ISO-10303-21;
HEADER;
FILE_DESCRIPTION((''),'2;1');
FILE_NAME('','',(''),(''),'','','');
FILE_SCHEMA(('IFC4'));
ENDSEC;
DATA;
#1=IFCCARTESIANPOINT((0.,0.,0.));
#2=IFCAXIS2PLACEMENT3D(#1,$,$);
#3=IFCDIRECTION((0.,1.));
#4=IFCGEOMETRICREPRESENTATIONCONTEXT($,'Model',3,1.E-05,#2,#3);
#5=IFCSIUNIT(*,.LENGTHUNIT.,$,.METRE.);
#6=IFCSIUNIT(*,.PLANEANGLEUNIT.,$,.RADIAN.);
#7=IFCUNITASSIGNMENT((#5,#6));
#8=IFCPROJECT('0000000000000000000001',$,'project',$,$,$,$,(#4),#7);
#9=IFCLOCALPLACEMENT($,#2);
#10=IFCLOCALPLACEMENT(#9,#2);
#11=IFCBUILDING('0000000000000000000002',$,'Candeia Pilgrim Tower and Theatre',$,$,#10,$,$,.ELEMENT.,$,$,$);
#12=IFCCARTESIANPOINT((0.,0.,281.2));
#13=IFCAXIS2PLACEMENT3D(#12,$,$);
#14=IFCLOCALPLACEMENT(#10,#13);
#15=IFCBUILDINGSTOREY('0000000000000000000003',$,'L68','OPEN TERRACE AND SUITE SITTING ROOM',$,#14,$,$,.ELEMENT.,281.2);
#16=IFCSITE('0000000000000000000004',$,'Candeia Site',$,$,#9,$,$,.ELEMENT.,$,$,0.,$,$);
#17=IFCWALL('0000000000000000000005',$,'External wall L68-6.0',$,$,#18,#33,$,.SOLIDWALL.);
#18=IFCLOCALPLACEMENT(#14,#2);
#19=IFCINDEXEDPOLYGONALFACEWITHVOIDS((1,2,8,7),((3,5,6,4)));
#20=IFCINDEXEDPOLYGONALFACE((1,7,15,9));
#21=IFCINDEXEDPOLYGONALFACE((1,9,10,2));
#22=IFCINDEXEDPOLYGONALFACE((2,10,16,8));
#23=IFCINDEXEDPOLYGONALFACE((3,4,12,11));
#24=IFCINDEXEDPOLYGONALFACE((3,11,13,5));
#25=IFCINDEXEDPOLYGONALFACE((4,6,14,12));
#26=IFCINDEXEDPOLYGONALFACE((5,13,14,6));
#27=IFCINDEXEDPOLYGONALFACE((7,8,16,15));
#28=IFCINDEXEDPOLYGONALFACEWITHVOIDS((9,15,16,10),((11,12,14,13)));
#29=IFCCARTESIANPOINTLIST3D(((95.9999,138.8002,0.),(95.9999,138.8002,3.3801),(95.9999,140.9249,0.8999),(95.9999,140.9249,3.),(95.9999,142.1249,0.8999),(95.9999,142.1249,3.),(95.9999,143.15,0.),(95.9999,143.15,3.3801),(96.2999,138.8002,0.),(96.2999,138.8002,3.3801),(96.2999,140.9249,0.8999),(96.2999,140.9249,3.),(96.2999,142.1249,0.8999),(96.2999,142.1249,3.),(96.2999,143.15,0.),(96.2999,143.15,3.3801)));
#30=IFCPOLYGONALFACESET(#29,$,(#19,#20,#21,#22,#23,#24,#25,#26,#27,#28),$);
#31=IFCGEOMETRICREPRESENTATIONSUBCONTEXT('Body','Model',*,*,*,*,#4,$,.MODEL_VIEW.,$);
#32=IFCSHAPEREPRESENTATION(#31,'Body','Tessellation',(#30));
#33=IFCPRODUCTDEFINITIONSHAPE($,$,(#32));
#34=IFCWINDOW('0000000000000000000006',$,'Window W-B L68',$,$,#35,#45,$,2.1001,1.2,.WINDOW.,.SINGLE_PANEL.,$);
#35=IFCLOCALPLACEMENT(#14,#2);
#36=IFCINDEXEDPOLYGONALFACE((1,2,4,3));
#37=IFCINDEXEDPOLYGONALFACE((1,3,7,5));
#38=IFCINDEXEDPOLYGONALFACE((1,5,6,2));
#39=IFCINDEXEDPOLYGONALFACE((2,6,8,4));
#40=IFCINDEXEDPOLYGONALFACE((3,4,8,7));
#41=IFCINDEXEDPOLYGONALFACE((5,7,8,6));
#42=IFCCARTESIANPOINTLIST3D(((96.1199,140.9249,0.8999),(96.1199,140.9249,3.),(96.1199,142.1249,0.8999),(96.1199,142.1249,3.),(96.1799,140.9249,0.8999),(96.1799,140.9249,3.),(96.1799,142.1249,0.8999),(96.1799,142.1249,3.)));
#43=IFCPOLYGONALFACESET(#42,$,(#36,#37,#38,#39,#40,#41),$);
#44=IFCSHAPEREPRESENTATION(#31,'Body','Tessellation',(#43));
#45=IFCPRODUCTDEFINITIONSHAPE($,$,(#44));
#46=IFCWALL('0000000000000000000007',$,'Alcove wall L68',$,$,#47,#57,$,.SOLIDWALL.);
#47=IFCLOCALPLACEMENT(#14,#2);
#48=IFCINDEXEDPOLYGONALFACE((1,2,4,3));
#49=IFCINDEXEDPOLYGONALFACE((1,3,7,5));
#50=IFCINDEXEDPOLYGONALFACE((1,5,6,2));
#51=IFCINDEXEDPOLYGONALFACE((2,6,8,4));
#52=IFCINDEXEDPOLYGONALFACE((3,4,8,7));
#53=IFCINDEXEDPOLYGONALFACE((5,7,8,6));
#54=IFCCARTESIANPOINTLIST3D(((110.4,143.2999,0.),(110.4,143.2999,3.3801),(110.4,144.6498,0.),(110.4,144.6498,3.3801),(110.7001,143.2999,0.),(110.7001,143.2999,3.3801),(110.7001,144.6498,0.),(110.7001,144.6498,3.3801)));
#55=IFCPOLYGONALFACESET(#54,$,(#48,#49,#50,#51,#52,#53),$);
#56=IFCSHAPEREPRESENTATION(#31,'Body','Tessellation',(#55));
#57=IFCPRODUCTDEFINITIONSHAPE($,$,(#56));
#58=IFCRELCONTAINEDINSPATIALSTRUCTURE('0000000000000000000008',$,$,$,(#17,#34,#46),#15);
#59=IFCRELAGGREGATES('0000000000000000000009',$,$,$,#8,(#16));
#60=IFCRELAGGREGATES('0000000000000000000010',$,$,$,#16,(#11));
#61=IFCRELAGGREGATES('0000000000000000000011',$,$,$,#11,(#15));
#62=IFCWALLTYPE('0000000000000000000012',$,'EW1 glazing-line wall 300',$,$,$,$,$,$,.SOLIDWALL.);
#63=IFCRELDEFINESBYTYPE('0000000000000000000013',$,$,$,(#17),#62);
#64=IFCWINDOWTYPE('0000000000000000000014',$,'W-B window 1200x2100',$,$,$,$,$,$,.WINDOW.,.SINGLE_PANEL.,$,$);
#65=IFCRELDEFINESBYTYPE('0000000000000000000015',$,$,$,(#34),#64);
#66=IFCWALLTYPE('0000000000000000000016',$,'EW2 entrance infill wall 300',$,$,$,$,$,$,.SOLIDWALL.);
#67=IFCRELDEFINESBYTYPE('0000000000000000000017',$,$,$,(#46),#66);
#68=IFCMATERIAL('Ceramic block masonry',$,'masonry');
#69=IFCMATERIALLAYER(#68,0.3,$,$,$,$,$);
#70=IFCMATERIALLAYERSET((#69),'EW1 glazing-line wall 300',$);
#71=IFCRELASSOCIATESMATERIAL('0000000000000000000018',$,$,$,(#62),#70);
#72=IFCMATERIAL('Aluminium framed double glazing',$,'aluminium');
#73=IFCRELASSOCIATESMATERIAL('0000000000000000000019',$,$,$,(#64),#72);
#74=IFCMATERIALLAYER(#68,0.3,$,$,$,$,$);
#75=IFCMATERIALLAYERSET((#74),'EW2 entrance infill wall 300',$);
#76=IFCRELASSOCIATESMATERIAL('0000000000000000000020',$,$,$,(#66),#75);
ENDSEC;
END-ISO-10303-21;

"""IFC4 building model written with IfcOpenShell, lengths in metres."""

from ifc_helpers import new_model, si_unit, direction, frame, frame_2d, origin, place, context, subcontext, project, spatial, rectangle, extrude, material, layer, layer_set, type_object, element, fill, save


model = new_model("IFC4")

# Units and contexts
model_context = context("Model", 3, precision=1e-05, world=origin(), true_north=direction((0.0, 1.0)))
body_context = subcontext(model_context, "Body", "Model", "MODEL_VIEW")
ifc_project = project(units=[si_unit("LENGTHUNIT", "METRE"), si_unit("PLANEANGLEUNIT", "RADIAN")], contexts=[model_context])

# Site, building, storey
site_placement = place(None, origin())
site = spatial("IfcSite", under=ifc_project, at=site_placement, Name="Candeia Site", CompositionType="ELEMENT", RefElevation=0.0)
building_placement = place(site_placement, origin())
building = spatial("IfcBuilding", under=site, at=building_placement, Name="Candeia Pilgrim Tower and Theatre", CompositionType="ELEMENT")
storey_placement = place(building_placement, frame((0.0, 0.0, 281.2)))
storey = spatial("IfcBuildingStorey", under=building, at=storey_placement, Name="L68", Description="OPEN TERRACE AND SUITE SITTING ROOM", CompositionType="ELEMENT", Elevation=281.2)

# Shared definitions
ifc_material_1 = material(Name="Ceramic block masonry", Category="masonry")
ifc_layer_1 = layer(ifc_material_1, 0.3)
ifc_layer_set_1 = layer_set([ifc_layer_1], Name="EW1 glazing-line wall 300")
wall_type_1 = type_object("IfcWallType", Name="EW1 glazing-line wall 300", PredefinedType="SOLIDWALL", material=ifc_layer_set_1)
ifc_material_2 = material(Name="Aluminium framed double glazing", Category="aluminium")
window_type_1 = type_object("IfcWindowType", Name="W-B window 1200x2100", PartitioningType="SINGLE_PANEL", PredefinedType="WINDOW", material=ifc_material_2)

# Wall, opening, window
wall_1_placement = place(storey_placement, frame((96.1499, 143.1499, 0.0), z_axis=(0.0, 0.0, 1.0), x_axis=(0.0, -1.0, 0.0)))
wall_1 = element("IfcWall", 1, at=wall_1_placement, inside=storey, type_object=wall_type_1, Name="External wall L68-6.0", PredefinedType="SOLIDWALL", context=body_context, shape_type="SweptSolid", body=[
    extrude(rectangle(XDim=4.3499, YDim=0.3, at=frame_2d((2.1748, 0.0))), origin(), (0.0, 0.0, 1.0), 3.3801),
])
opening_1_placement = place(wall_1_placement, frame((1.0249, 0.0, 0.8999)))
opening_1 = element("IfcOpeningElement", 2, at=opening_1_placement, cuts=wall_1, PredefinedType="OPENING", context=body_context, shape_type="SweptSolid", body=[
    extrude(rectangle(XDim=1.2, YDim=2.1001, at=frame_2d((0.6001, 1.05))), frame((0.0, 0.1602, 0.0), z_axis=(0.0, -1.0, 0.0), x_axis=(1.0, 0.0, 0.0)), (0.0, 0.0, 1.0), 0.3201),
])
window_1_placement = place(opening_1_placement, origin())
window_1 = element("IfcWindow", 3, at=window_1_placement, inside=storey, type_object=window_type_1, Name="Window W-B L68", OverallHeight=2.1001, OverallWidth=1.2, PartitioningType="SINGLE_PANEL", PredefinedType="WINDOW", context=body_context, shape_type="SweptSolid", body=[
    extrude(rectangle(XDim=1.2, YDim=2.1001, at=frame_2d((0.6001, 1.05))), frame((0.0, 0.03, 0.0), z_axis=(0.0, -1.0, 0.0), x_axis=(1.0, 0.0, 0.0)), (0.0, 0.0, 1.0), 0.0601),
])
fill(opening_1, window_1)

# Wall
ifc_layer_2 = layer(ifc_material_1, 0.3)
ifc_layer_set_2 = layer_set([ifc_layer_2], Name="EW2 entrance infill wall 300")
wall_type_2 = type_object("IfcWallType", Name="EW2 entrance infill wall 300", PredefinedType="SOLIDWALL", material=ifc_layer_set_2)
wall_2_placement = place(storey_placement, frame((110.55, 143.3, 0.0), z_axis=(0.0, 0.0, 1.0), x_axis=(0.0, 1.0, 0.0)))
element("IfcWall", 4, at=wall_2_placement, inside=storey, type_object=wall_type_2, Name="Alcove wall L68", PredefinedType="SOLIDWALL", context=body_context, shape_type="SweptSolid", body=[
    extrude(rectangle(XDim=1.3499, YDim=0.3, at=frame_2d((0.6748, 0.0))), origin(), (0.0, 0.0, 1.0), 3.3801),
])

save(model, "model.ifc")
